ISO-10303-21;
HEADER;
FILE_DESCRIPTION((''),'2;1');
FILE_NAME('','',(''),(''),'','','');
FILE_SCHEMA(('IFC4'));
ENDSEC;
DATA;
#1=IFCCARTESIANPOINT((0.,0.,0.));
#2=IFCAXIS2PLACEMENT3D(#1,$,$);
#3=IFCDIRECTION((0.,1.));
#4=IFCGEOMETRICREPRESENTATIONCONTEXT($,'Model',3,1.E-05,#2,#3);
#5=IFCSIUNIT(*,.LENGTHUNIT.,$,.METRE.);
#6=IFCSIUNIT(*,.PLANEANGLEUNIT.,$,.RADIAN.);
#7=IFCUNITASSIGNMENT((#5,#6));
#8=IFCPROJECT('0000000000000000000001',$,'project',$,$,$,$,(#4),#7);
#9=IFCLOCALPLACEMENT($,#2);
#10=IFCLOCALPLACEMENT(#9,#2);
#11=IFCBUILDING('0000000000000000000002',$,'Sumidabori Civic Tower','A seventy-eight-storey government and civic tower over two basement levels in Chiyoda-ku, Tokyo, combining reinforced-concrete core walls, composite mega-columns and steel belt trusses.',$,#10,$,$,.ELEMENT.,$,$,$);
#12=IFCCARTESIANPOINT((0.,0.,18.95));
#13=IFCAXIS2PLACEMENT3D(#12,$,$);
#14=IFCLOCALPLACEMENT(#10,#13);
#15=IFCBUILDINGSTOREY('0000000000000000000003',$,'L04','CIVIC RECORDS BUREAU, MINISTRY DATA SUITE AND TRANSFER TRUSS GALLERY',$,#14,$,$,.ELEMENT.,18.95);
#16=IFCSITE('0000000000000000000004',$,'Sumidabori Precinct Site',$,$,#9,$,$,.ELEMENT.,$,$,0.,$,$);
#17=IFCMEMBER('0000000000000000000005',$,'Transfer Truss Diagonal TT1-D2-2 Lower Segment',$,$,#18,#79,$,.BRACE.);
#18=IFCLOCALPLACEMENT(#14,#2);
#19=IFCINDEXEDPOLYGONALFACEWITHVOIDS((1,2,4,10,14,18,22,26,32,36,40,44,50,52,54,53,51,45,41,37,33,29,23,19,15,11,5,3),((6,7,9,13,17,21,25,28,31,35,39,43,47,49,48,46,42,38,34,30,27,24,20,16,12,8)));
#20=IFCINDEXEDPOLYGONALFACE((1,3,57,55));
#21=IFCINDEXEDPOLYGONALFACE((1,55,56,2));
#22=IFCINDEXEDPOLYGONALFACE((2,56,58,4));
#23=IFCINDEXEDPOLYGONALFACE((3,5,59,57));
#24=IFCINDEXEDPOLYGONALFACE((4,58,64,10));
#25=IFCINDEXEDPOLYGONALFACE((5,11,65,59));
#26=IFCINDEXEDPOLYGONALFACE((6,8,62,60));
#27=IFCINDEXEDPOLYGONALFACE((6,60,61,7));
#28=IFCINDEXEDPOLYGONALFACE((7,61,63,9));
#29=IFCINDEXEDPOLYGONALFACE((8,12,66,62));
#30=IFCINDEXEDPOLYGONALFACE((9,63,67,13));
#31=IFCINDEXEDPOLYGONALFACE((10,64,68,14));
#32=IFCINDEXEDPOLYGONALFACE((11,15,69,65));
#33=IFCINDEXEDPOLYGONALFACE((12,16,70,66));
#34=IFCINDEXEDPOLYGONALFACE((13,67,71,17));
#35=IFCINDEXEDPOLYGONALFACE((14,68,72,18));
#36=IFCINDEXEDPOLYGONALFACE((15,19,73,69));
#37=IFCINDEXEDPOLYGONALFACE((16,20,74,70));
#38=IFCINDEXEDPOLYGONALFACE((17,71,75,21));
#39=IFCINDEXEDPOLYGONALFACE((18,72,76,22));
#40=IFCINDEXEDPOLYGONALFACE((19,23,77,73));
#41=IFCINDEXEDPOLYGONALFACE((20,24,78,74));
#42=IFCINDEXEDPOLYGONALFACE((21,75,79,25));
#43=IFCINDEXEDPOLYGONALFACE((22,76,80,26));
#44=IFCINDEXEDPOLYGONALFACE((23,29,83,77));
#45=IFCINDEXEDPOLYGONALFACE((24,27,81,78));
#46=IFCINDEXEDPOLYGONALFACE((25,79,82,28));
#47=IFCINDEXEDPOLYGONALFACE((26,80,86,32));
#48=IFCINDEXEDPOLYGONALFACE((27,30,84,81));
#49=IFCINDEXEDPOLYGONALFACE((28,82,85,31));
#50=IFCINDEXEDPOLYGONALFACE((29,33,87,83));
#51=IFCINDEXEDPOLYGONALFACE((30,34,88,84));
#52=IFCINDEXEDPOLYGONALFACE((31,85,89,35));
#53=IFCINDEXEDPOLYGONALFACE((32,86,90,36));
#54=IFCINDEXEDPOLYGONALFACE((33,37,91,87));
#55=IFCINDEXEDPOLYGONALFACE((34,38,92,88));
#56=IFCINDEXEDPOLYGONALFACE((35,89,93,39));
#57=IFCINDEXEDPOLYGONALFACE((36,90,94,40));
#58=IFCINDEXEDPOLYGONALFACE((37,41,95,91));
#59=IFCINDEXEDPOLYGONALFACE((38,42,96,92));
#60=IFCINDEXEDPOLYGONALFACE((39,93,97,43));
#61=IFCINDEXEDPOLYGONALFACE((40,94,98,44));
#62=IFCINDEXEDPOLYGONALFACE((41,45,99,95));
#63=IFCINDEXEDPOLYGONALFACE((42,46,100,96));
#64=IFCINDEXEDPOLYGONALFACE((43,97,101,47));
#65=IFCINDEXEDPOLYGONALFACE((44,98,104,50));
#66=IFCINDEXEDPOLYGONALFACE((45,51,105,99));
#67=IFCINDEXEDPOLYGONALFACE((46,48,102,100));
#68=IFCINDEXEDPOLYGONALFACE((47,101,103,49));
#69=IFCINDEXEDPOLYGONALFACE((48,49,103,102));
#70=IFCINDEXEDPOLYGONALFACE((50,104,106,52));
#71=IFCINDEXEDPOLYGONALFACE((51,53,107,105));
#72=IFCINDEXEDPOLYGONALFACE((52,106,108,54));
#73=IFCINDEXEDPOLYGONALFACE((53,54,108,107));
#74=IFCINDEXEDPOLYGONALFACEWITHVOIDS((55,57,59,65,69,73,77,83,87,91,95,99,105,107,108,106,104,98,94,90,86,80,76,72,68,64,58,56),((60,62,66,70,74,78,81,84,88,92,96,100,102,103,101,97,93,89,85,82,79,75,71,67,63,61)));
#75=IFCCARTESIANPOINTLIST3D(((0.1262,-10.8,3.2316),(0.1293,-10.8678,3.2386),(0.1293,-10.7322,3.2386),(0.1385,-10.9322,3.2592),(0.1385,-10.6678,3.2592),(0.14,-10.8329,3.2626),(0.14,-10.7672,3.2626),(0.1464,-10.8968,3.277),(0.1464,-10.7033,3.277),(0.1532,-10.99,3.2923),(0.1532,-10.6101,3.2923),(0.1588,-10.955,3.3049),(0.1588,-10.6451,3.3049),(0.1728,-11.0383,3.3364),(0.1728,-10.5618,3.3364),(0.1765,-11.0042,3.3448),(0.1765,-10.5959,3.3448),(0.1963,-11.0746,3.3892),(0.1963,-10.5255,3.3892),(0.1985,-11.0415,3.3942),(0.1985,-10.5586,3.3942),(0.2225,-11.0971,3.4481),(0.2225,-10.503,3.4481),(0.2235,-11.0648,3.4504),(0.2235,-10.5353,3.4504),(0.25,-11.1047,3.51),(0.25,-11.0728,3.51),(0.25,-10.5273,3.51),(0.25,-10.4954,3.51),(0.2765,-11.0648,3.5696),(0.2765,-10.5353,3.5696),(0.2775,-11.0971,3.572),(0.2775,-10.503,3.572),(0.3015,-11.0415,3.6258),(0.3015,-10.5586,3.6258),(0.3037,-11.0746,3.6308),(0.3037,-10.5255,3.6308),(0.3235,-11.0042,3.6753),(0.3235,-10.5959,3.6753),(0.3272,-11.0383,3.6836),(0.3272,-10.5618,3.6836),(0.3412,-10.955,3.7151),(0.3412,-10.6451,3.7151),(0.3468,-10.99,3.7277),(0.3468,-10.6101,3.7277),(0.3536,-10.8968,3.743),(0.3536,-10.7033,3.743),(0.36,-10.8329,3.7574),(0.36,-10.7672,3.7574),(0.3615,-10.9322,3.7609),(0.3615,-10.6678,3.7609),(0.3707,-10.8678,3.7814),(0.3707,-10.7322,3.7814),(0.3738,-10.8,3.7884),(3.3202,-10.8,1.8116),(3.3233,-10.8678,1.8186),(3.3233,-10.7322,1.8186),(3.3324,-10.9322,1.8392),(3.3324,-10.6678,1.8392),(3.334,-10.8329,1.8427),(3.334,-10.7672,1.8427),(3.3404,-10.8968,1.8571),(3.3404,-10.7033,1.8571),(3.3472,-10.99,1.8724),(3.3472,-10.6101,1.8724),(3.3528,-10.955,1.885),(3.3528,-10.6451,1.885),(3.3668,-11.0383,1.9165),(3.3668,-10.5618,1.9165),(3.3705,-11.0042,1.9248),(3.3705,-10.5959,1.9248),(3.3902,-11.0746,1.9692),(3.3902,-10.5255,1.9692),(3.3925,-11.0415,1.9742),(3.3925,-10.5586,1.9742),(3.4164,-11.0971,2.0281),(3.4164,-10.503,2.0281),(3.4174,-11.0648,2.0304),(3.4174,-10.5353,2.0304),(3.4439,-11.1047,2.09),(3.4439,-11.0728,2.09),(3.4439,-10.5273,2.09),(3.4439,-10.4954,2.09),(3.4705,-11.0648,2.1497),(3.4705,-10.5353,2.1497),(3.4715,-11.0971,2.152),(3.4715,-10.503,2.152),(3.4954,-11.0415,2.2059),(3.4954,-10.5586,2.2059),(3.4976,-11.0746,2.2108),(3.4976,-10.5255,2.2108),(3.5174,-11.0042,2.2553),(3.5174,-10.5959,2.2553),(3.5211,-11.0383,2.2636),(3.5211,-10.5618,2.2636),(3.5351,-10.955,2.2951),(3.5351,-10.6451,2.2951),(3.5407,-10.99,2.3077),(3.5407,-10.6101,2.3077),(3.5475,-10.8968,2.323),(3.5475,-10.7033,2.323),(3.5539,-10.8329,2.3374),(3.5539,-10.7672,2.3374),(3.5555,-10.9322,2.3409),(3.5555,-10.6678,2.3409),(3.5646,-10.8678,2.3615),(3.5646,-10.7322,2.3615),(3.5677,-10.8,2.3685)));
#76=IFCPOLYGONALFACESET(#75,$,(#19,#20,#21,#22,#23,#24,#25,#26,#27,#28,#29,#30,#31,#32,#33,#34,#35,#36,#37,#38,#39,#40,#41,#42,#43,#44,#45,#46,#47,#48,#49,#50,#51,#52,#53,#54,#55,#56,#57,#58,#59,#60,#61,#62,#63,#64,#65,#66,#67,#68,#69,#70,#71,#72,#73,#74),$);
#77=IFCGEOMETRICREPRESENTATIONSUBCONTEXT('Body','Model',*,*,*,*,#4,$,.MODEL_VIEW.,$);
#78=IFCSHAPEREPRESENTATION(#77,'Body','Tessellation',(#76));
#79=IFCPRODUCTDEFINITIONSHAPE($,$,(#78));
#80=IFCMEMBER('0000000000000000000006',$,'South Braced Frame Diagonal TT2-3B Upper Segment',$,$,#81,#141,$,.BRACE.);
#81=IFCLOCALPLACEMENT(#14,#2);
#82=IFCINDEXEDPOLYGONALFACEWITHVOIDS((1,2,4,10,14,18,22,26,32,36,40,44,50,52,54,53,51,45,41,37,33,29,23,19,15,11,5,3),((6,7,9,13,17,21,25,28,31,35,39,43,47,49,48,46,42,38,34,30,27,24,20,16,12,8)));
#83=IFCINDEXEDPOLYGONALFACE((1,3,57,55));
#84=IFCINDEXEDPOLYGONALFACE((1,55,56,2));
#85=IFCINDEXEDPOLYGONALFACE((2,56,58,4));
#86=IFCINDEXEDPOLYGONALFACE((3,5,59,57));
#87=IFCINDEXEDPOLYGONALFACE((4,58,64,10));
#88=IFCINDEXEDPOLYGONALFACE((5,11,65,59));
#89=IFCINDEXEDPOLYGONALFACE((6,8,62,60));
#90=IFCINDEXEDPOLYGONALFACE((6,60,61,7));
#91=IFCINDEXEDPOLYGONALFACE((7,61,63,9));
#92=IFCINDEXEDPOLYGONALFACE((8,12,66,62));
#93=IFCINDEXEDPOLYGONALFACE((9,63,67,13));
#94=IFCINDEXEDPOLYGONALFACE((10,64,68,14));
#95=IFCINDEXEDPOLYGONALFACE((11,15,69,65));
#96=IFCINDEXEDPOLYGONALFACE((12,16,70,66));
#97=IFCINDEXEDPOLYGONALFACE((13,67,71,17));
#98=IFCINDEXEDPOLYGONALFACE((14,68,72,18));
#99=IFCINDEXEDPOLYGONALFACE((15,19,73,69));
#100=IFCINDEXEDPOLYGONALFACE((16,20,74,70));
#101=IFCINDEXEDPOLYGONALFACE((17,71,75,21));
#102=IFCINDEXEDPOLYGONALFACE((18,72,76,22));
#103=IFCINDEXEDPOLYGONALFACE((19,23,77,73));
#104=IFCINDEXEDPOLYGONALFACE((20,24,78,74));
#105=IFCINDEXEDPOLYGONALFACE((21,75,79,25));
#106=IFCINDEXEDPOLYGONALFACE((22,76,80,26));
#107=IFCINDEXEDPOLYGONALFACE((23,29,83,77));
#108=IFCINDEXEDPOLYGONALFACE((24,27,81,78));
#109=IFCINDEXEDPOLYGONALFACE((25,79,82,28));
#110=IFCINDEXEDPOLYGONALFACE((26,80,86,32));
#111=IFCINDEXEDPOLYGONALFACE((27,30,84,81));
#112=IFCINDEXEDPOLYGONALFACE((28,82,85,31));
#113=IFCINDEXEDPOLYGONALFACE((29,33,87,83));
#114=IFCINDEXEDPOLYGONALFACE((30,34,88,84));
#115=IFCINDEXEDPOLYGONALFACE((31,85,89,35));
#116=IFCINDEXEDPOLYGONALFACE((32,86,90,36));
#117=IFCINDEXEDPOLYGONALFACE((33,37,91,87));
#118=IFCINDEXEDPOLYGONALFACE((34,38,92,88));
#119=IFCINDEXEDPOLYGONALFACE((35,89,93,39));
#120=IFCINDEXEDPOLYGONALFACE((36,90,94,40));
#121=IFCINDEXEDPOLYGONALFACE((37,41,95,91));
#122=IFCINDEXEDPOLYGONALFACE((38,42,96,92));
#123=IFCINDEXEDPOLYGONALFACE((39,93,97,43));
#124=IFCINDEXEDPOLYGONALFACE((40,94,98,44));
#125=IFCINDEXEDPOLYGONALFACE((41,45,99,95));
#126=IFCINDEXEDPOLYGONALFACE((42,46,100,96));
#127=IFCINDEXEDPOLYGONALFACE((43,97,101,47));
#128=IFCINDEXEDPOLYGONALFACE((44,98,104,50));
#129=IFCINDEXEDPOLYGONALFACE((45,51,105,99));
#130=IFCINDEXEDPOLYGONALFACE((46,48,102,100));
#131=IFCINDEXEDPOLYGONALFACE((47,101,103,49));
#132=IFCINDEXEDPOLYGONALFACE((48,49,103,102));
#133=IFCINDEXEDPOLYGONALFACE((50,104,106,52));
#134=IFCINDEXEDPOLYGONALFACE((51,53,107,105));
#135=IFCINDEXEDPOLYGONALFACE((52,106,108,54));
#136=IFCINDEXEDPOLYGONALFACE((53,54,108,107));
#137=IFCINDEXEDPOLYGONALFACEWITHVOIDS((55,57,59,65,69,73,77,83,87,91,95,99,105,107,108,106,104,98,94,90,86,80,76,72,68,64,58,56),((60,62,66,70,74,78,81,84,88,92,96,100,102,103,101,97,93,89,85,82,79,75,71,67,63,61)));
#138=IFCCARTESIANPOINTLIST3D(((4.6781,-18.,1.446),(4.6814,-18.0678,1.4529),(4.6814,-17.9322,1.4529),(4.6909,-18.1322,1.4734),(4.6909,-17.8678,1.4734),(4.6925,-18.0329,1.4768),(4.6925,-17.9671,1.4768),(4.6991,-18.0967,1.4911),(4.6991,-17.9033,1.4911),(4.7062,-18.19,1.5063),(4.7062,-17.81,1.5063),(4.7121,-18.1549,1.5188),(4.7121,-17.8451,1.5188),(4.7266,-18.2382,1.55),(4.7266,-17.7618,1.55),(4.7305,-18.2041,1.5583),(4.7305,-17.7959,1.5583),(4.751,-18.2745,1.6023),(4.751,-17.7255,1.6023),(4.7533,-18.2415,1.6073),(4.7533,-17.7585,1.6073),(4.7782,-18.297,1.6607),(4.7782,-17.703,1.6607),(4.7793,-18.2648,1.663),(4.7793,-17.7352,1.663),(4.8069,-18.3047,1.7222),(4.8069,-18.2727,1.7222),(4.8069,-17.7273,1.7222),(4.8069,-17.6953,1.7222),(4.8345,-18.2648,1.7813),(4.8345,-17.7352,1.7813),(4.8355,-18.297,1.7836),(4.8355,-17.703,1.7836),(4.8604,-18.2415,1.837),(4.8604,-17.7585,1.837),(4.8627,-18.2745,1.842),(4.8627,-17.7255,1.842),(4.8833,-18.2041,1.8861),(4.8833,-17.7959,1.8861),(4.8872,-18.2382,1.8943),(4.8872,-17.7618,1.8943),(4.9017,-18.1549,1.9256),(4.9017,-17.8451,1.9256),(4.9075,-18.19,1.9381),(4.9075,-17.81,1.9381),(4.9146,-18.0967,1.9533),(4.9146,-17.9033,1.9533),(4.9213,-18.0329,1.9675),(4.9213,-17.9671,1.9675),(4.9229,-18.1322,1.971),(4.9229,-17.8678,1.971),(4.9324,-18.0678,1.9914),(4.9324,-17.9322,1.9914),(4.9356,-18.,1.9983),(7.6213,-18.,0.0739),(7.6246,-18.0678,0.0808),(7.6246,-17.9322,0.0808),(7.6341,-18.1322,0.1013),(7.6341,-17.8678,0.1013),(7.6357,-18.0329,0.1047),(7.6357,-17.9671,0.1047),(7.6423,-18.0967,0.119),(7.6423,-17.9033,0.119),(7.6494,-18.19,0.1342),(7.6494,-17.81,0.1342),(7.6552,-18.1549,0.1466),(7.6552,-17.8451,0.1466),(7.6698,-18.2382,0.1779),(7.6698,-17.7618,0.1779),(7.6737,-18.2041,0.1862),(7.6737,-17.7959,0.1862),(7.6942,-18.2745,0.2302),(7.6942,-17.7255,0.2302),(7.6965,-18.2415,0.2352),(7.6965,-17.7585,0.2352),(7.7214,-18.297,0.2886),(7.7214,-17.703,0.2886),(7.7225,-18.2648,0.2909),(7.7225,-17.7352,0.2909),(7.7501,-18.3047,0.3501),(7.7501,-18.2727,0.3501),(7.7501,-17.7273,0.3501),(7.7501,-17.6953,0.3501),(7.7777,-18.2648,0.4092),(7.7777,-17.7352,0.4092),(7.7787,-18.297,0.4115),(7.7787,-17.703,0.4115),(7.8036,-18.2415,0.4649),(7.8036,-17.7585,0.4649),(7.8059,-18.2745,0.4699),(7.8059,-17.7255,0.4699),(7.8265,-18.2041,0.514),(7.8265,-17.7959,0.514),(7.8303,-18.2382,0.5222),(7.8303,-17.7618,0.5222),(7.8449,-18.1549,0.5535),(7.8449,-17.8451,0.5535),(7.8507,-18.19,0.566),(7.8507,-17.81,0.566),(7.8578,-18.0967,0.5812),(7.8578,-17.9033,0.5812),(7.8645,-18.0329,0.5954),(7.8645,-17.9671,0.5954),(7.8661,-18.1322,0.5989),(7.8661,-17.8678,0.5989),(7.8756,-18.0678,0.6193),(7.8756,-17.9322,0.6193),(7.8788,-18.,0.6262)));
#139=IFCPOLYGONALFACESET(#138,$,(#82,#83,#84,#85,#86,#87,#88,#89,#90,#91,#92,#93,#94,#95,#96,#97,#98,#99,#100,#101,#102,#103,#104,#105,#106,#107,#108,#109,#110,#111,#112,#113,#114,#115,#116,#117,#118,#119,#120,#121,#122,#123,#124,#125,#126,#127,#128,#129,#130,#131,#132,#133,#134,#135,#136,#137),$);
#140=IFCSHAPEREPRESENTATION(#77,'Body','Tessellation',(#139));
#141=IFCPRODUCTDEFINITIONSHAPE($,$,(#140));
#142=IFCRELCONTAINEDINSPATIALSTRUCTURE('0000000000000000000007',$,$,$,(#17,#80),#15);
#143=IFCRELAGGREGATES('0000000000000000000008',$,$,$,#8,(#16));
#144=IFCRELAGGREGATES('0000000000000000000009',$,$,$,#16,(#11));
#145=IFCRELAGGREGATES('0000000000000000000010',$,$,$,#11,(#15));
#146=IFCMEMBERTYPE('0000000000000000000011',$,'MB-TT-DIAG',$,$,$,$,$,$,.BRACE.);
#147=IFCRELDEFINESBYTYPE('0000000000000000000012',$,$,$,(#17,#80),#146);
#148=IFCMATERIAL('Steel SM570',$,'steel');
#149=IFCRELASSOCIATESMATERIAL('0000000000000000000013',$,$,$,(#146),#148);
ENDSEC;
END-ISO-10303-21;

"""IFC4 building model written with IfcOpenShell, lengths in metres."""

from ifc_helpers import new_model, si_unit, direction, frame, origin, origin_2d, place, context, subcontext, project, spatial, hollow_circle, extrude, source, transform, mapped, material, material_profile, profile_set, type_object, element, save


model = new_model("IFC4")

# Units and contexts
model_context = context("Model", 3, precision=1e-05, world=origin(), true_north=direction((0.0, 1.0)))
body_context = subcontext(model_context, "Body", "Model", "MODEL_VIEW")
ifc_project = project(units=[si_unit("LENGTHUNIT", "METRE"), si_unit("PLANEANGLEUNIT", "RADIAN")], contexts=[model_context])

# Site, building, storey
site_placement = place(None, origin())
site = spatial("IfcSite", under=ifc_project, at=site_placement, Name="Sumidabori Precinct Site", CompositionType="ELEMENT", RefElevation=0.0)
building_placement = place(site_placement, origin())
building = spatial("IfcBuilding", under=site, at=building_placement, Name="Sumidabori Civic Tower", Description="A seventy-eight-storey government and civic tower over two basement levels in Chiyoda-ku, Tokyo, combining reinforced-concrete core walls, composite mega-columns and steel belt trusses.", CompositionType="ELEMENT")
storey_placement = place(building_placement, frame((0.0, 0.0, 18.95)))
storey = spatial("IfcBuildingStorey", under=building, at=storey_placement, Name="L04", Description="CIVIC RECORDS BUREAU, MINISTRY DATA SUITE AND TRANSFER TRUSS GALLERY", CompositionType="ELEMENT", Elevation=18.95)

# Shared definitions
ifc_material_1 = material(Name="Steel SM570", Category="steel")

# Members
ifc_material_profile_1 = material_profile(ifc_material_1, hollow_circle(Radius=0.3047, WallThickness=0.032, at=origin_2d()), Name="CHS 609.6x32")
ifc_profile_set_1 = profile_set([ifc_material_profile_1], Name="Steel SM570")
member_type = type_object("IfcMemberType", Name="MB-TT-DIAG", PredefinedType="BRACE", material=ifc_profile_set_1)
shared_shape_1 = source(origin(), body_context, "Body", "SweptSolid", [
    extrude(hollow_circle(Radius=0.3047, WallThickness=0.032, at=origin_2d()), origin(), (0.0, 0.0, 1.0), 3.4954),
])
member_1_placement = place(storey_placement, frame((0.25, -10.8, 3.51), z_axis=(0.913765, 0.0, -0.406242), x_axis=(0.0, 1.0, 0.0)))
element("IfcMember", 1, at=member_1_placement, inside=storey, type_object=member_type, Name="Transfer Truss Diagonal TT1-D2-2 Lower Segment", PredefinedType="BRACE", context=body_context, shape_type="MappedRepresentation", body=[
    mapped(shared_shape_1, transform((0.0, 0.0, 0.0), x_axis=(1.0, 0.0, 0.0), y_axis=(0.0, 1.0, 0.0), z_axis=(0.0, 0.0, 1.0), scale=1.0)),
])
shared_shape_2 = source(origin(), body_context, "Body", "SweptSolid", [
    extrude(hollow_circle(Radius=0.3047, WallThickness=0.032, at=origin_2d()), origin(), (0.0, 0.0, 1.0), 3.2473),
])
member_2_placement = place(storey_placement, frame((4.8069, -18.0, 1.7222), z_axis=(0.906346, 0.0, -0.422536), x_axis=(0.0, 1.0, 0.0)))
element("IfcMember", 2, at=member_2_placement, inside=storey, type_object=member_type, Name="South Braced Frame Diagonal TT2-3B Upper Segment", PredefinedType="BRACE", context=body_context, shape_type="MappedRepresentation", body=[
    mapped(shared_shape_2, transform((0.0, 0.0, 0.0), x_axis=(1.0, 0.0, 0.0), y_axis=(0.0, 1.0, 0.0), z_axis=(0.0, 0.0, 1.0), scale=1.0)),
])

save(model, "model.ifc")
